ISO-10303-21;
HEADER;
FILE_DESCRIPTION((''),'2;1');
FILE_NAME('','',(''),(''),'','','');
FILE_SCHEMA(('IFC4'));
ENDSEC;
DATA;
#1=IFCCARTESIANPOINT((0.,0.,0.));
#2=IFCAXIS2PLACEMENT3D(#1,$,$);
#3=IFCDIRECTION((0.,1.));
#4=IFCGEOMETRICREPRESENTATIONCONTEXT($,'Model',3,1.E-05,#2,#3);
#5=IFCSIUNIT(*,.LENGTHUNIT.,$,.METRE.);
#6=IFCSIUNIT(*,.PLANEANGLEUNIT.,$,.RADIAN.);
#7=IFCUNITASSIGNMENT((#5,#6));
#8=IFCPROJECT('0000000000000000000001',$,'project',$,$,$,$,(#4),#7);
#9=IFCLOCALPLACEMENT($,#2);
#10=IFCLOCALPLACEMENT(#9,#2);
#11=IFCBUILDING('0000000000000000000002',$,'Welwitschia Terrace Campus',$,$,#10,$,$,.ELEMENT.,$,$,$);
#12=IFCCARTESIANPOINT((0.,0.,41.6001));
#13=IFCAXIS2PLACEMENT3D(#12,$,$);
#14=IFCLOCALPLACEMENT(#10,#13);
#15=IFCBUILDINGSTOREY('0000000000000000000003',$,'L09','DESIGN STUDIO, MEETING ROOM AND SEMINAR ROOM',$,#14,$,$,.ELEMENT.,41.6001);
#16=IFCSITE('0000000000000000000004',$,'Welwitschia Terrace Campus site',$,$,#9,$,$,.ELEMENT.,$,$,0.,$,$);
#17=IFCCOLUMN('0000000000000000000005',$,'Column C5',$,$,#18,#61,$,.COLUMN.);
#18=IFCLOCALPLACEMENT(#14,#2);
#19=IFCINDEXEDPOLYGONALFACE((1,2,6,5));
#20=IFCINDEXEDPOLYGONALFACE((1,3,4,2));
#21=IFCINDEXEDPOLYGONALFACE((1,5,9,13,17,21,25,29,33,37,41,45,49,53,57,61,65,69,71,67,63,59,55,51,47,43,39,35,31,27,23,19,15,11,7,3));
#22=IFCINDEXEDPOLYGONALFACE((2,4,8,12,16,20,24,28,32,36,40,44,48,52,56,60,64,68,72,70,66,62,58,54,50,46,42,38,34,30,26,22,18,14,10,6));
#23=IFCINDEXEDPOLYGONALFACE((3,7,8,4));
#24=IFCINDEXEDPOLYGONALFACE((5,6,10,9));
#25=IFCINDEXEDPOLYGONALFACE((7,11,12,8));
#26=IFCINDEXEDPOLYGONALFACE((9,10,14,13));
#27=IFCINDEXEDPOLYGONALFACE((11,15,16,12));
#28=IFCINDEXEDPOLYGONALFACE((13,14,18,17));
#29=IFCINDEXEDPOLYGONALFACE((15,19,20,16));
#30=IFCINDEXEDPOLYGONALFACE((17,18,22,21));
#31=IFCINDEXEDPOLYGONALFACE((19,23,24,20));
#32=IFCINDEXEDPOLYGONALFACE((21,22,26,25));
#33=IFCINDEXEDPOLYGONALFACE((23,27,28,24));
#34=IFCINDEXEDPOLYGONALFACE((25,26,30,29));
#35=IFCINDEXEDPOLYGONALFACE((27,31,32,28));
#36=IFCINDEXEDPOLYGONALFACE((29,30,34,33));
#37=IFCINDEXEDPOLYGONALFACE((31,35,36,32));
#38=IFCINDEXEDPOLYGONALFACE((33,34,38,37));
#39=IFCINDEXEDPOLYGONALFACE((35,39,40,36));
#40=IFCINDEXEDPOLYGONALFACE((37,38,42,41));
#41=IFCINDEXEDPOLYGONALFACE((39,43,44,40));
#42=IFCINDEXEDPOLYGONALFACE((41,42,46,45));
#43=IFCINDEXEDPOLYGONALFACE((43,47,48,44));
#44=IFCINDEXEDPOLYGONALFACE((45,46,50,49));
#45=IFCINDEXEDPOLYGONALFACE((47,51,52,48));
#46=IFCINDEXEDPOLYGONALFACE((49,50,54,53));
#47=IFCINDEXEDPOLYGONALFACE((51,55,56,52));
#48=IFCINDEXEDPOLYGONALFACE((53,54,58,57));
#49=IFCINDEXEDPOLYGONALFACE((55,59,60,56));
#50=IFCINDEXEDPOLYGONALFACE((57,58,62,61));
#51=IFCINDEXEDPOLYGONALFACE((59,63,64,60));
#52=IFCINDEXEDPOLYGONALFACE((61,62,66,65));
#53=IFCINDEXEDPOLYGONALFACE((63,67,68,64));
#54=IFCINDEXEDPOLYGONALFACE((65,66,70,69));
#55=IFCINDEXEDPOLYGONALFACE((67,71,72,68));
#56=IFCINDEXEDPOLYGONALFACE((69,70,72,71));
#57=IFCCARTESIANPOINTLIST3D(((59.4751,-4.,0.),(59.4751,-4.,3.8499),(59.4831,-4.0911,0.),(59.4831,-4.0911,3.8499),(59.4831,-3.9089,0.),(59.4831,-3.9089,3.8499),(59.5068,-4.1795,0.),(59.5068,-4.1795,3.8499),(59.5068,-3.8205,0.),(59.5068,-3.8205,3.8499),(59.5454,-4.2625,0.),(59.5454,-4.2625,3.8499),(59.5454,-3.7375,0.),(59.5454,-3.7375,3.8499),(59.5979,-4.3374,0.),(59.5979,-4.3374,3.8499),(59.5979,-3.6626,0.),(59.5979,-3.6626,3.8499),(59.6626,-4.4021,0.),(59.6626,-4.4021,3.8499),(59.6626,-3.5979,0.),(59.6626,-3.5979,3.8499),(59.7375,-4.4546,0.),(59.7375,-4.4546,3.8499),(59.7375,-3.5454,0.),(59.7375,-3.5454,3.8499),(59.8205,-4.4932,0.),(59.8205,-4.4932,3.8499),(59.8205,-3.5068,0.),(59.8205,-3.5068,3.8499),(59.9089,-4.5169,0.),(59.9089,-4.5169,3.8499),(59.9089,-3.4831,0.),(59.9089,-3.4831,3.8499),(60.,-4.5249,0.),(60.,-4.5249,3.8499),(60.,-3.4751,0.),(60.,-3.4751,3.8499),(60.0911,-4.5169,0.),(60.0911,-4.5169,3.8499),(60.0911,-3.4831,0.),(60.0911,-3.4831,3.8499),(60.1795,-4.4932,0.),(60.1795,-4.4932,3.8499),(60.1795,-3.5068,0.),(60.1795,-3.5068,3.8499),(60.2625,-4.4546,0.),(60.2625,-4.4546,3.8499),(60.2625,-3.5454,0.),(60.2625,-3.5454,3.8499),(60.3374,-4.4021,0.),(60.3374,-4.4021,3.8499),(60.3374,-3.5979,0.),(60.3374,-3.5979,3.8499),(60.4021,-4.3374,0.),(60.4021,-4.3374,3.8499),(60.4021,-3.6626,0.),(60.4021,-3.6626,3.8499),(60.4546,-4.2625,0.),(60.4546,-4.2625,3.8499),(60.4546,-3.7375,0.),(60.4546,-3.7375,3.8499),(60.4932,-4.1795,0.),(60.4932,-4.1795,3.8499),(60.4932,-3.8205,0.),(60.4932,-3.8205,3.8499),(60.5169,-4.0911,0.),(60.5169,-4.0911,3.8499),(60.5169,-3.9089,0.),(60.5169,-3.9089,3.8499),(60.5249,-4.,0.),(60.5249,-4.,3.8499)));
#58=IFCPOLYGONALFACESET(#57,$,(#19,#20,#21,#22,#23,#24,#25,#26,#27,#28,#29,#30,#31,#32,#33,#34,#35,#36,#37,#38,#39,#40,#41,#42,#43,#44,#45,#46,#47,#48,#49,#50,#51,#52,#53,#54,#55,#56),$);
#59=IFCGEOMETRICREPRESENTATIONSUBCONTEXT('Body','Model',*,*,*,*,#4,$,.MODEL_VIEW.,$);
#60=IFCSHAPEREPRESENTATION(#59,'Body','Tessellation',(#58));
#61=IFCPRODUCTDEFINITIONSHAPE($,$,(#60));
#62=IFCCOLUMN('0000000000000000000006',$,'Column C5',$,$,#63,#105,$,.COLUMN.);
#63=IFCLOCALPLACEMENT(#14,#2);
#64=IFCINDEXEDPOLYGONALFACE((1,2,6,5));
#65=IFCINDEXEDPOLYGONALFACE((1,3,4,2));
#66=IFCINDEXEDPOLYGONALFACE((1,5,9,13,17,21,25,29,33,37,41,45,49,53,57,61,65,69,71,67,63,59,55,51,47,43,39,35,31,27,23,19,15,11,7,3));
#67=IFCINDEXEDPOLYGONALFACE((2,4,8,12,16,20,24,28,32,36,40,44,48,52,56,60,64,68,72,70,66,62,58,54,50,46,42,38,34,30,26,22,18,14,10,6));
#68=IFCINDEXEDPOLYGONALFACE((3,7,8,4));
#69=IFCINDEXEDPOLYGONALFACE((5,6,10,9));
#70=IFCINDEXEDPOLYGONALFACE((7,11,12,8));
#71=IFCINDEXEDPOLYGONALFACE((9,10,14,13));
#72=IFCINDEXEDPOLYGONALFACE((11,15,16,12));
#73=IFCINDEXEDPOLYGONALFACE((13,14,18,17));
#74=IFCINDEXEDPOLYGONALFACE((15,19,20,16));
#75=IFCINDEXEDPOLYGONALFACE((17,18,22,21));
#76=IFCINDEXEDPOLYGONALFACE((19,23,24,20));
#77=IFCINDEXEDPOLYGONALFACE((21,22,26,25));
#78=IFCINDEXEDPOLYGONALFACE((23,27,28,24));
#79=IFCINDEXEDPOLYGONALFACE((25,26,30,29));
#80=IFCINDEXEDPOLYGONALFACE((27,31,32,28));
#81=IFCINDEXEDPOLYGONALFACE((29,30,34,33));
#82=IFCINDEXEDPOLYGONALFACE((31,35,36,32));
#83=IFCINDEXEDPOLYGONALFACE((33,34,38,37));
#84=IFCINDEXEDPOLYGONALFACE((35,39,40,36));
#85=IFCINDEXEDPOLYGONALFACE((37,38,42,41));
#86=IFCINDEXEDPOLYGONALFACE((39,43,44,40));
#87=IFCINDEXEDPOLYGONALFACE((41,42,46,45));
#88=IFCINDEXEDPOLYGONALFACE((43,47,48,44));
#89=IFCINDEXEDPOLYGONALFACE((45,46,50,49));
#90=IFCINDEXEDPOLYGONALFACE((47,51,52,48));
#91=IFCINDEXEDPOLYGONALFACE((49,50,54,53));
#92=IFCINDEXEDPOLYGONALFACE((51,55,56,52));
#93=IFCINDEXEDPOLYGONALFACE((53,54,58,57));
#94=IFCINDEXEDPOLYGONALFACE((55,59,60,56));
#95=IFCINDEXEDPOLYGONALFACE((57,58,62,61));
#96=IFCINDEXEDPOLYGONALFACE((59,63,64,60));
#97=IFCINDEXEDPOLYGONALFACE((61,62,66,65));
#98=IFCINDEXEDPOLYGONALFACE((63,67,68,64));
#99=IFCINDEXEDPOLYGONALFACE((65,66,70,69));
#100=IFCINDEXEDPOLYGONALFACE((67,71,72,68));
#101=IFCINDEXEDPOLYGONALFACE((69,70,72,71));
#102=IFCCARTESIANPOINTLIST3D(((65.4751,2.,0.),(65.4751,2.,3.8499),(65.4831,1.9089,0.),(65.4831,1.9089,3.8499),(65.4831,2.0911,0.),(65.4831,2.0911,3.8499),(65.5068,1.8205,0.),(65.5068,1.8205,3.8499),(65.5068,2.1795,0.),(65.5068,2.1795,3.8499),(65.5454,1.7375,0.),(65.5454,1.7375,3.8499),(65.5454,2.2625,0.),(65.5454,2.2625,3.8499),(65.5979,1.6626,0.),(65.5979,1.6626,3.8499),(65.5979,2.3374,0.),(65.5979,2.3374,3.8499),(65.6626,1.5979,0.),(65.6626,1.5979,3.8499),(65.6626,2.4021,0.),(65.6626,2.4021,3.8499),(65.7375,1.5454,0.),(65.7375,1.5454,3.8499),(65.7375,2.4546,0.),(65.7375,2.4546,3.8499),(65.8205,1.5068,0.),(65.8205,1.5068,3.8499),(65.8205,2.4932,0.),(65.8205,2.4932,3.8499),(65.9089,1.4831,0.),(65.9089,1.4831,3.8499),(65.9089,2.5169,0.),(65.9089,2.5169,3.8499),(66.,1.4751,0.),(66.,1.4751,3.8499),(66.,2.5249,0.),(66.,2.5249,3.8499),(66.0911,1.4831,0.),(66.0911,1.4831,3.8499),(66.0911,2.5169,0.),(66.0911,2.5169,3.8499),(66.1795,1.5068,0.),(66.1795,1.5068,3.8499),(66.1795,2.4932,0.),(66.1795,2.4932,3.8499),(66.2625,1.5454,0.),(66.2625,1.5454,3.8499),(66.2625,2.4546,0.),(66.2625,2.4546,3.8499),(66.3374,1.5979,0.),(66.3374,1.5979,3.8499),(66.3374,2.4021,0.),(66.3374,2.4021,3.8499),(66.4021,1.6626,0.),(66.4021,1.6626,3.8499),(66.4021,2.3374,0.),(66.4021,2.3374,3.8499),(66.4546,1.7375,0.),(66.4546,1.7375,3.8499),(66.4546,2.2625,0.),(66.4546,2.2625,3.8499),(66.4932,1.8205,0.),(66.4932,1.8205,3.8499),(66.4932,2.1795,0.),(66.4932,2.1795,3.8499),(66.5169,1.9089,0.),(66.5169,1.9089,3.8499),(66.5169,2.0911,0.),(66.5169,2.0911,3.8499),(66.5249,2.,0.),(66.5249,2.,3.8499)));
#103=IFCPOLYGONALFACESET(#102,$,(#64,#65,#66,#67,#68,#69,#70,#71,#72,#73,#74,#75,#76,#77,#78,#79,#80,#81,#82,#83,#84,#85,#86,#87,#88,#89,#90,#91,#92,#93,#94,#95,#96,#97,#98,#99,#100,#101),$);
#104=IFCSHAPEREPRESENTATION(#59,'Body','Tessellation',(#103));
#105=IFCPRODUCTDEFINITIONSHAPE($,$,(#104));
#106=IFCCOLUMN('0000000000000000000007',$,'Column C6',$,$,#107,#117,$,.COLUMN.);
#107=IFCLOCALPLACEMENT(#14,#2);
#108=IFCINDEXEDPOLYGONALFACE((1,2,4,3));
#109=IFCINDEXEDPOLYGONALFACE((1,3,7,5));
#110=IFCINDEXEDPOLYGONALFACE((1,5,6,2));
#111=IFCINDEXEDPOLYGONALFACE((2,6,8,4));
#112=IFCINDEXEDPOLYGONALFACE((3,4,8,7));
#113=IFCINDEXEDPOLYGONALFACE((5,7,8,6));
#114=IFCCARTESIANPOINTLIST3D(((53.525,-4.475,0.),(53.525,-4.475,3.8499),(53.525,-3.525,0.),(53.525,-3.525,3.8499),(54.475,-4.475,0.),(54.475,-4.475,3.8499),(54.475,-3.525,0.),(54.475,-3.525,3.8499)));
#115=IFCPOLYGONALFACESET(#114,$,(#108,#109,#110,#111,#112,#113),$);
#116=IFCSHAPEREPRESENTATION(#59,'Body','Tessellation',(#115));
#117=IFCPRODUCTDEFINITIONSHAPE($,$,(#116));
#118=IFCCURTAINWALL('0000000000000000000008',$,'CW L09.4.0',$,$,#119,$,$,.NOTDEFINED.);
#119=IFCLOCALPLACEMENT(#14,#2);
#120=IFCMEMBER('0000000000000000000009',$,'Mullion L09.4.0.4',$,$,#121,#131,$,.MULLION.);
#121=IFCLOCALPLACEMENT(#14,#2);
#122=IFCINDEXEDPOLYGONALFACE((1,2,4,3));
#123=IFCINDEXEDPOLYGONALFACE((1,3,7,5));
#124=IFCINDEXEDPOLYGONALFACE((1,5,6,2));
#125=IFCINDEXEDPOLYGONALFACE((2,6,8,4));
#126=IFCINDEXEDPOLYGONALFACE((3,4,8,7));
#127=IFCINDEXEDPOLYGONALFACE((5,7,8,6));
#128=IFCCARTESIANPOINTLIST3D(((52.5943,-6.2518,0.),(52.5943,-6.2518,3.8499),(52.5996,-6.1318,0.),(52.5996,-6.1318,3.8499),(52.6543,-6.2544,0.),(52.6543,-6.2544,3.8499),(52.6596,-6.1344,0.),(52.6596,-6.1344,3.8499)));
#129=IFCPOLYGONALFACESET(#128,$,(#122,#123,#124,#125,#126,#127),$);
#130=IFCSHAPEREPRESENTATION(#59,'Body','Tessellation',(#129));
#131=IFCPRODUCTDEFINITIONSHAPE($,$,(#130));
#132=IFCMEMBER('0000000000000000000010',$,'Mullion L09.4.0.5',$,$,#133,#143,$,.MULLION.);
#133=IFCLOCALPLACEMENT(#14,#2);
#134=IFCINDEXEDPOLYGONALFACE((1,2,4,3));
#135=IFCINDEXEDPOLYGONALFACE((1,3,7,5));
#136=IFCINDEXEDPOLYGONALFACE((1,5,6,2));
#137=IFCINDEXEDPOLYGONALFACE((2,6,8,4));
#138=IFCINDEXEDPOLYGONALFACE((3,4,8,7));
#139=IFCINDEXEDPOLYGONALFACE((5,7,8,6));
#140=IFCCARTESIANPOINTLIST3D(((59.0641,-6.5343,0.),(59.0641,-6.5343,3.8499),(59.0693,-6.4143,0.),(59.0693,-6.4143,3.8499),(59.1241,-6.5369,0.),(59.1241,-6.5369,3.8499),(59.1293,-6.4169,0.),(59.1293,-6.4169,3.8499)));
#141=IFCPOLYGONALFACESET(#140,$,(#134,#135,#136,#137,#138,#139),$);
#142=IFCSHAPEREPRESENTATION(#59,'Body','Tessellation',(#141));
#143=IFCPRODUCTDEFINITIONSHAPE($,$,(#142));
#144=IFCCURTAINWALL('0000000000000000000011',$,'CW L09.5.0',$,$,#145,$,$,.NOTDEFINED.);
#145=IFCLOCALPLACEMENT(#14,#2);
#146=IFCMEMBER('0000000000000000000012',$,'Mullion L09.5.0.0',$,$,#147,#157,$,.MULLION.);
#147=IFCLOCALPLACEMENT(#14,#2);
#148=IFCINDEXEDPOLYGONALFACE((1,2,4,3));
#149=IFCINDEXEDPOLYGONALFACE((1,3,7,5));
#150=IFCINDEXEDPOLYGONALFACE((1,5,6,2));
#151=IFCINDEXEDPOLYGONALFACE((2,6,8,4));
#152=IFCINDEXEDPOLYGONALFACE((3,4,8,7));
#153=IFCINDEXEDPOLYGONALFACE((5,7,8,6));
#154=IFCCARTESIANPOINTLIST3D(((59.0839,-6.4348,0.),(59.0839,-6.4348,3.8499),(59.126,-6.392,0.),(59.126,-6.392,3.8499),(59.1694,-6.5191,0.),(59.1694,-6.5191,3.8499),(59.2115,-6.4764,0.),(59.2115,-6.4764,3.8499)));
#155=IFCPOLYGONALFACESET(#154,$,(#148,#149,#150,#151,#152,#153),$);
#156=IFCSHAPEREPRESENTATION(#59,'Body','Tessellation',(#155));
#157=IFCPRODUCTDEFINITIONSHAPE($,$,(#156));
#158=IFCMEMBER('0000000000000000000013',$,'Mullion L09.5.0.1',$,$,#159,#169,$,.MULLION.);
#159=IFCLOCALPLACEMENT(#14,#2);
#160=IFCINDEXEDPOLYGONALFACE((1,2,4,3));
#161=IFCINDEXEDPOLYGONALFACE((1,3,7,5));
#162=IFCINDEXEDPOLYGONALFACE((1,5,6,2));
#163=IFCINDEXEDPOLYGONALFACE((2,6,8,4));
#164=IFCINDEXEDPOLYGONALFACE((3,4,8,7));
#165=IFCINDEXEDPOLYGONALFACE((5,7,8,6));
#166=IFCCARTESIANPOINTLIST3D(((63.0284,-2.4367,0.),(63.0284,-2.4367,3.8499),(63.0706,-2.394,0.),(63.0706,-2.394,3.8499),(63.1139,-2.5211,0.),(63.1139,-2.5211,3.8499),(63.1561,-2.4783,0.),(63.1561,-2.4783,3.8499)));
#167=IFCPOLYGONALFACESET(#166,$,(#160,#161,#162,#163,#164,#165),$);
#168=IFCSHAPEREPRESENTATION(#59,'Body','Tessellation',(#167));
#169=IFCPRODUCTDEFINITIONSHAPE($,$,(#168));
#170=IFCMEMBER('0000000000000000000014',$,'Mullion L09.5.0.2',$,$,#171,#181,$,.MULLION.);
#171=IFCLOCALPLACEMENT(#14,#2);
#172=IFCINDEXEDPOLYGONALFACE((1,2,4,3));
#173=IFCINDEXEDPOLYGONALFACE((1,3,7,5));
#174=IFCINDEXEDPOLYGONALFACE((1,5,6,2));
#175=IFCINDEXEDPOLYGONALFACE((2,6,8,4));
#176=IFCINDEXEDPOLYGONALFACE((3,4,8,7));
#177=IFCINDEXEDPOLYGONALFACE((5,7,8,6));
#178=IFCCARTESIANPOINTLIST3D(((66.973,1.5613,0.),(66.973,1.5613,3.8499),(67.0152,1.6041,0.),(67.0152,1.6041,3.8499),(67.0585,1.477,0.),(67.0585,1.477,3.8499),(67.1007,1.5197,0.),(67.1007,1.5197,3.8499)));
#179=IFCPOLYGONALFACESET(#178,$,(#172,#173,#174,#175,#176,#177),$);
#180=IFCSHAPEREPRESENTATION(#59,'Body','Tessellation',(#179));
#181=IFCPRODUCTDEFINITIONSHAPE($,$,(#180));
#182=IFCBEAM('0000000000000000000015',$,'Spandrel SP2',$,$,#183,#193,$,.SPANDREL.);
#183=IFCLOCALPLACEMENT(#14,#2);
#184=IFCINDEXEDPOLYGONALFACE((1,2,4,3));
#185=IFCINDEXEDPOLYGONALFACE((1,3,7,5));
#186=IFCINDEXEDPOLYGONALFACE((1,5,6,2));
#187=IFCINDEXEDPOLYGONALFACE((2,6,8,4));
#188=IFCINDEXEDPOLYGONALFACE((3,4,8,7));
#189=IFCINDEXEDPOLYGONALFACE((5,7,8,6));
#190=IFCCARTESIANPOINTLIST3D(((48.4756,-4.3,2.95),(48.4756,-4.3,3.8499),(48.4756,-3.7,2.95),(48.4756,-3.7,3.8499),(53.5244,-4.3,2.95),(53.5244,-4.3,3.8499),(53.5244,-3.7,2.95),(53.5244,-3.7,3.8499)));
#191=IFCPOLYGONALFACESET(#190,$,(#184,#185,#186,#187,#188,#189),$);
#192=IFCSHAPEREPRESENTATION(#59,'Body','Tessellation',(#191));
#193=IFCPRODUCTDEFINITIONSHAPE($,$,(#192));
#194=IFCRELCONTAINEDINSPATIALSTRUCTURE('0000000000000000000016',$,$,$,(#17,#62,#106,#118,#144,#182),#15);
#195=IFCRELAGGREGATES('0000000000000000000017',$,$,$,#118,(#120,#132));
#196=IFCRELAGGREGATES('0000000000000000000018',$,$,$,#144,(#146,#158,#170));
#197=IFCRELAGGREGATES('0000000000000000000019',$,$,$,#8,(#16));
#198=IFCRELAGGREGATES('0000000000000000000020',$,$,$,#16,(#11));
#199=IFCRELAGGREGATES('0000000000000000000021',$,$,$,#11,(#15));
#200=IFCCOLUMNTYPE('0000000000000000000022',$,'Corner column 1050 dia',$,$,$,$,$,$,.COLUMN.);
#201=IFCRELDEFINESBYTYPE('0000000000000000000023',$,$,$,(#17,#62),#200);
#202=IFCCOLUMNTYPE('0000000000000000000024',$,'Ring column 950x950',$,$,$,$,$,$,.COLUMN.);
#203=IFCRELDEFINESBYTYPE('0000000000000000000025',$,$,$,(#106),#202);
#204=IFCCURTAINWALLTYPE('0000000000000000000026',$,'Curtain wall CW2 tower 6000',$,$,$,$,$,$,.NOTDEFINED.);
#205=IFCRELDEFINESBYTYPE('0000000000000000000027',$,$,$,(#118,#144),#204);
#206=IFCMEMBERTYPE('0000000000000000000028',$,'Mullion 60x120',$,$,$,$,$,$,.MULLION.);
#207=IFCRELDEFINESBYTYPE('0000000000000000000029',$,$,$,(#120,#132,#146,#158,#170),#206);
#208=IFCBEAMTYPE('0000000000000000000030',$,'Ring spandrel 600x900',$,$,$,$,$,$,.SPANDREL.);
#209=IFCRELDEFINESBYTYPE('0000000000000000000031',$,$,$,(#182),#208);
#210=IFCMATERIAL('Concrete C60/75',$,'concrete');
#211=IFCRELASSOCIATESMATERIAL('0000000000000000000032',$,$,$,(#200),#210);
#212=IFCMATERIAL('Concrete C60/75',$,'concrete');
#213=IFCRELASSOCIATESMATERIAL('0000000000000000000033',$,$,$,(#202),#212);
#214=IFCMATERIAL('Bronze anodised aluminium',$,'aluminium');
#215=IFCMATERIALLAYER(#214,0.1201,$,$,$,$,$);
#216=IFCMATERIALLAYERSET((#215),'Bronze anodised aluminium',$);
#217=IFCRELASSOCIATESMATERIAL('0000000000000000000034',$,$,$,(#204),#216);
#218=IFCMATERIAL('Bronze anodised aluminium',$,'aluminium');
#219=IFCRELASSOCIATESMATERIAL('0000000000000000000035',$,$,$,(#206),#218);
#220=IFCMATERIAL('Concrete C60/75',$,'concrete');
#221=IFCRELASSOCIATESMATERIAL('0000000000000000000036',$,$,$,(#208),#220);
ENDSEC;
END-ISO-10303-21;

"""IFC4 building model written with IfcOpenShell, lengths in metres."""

from ifc_helpers import new_model, si_unit, direction, frame, origin, origin_2d, place, context, subcontext, project, spatial, rectangle, circle, extrude, material, layer, layer_set, material_profile, profile_set, type_object, element, aggregate, save


model = new_model("IFC4")

# Units and contexts
model_context = context("Model", 3, precision=1e-05, world=origin(), true_north=direction((0.0, 1.0)))
body_context = subcontext(model_context, "Body", "Model", "MODEL_VIEW")
ifc_project = project(units=[si_unit("LENGTHUNIT", "METRE"), si_unit("PLANEANGLEUNIT", "RADIAN")], contexts=[model_context])

# Site, building, storey
site_placement = place(None, origin())
site = spatial("IfcSite", under=ifc_project, at=site_placement, Name="Welwitschia Terrace Campus site", CompositionType="ELEMENT", RefElevation=0.0)
building_placement = place(site_placement, origin())
building = spatial("IfcBuilding", under=site, at=building_placement, Name="Welwitschia Terrace Campus", CompositionType="ELEMENT")
storey_placement = place(building_placement, frame((0.0, 0.0, 41.6001)))
storey = spatial("IfcBuildingStorey", under=building, at=storey_placement, Name="L09", Description="DESIGN STUDIO, MEETING ROOM AND SEMINAR ROOM", CompositionType="ELEMENT", Elevation=41.6001)

# Columns
ifc_material_1 = material(Name="Concrete C60/75", Category="concrete")
ifc_material_profile_1 = material_profile(ifc_material_1, circle(Radius=0.5249, at=origin_2d()))
ifc_profile_set_1 = profile_set([ifc_material_profile_1], Name="Concrete C60/75")
column_type_1 = type_object("IfcColumnType", Name="Corner column 1050 dia", PredefinedType="COLUMN", material=ifc_profile_set_1)
for number, where, z_axis, x_axis, name in (
    (1, (60.0, -4.0, 0.0), (0.0, 0.0, 1.0), (1.0, 0.0, 0.0), "Column C5"),
    (2, (66.0, 2.0, 0.0), (0.0, 0.0, 1.0), (1.0, 0.0, 0.0), "Column C5"),
):
    element("IfcColumn", number, at=place(storey_placement, frame(where, z_axis=z_axis, x_axis=x_axis)), inside=storey, type_object=column_type_1, Name=name, PredefinedType="COLUMN", context=body_context, shape_type="SweptSolid", body=[
        extrude(circle(Radius=0.5249, at=origin_2d()), origin(), (0.0, 0.0, 1.0), 3.8499),
    ])
ifc_material_2 = material(Name="Concrete C60/75", Category="concrete")
ifc_material_profile_2 = material_profile(ifc_material_2, rectangle(XDim=0.95, YDim=0.95, at=origin_2d()))
ifc_profile_set_2 = profile_set([ifc_material_profile_2], Name="Concrete C60/75")
column_type_2 = type_object("IfcColumnType", Name="Ring column 950x950", PredefinedType="COLUMN", material=ifc_profile_set_2)
column_placement = place(storey_placement, frame((54.0, -4.0, 0.0), z_axis=(0.0, 0.0, 1.0), x_axis=(1.0, 0.0, 0.0)))
element("IfcColumn", 3, at=column_placement, inside=storey, type_object=column_type_2, Name="Column C6", PredefinedType="COLUMN", context=body_context, shape_type="SweptSolid", body=[
    extrude(rectangle(XDim=0.95, YDim=0.95, at=origin_2d()), origin(), (0.0, 0.0, 1.0), 3.8499),
])

# Curtain walls, members
ifc_material_3 = material(Name="Bronze anodised aluminium", Category="aluminium")
ifc_layer_1 = layer(ifc_material_3, 0.1201)
ifc_layer_set_1 = layer_set([ifc_layer_1], Name="Bronze anodised aluminium")
curtain_wall_type = type_object("IfcCurtainWallType", Name="Curtain wall CW2 tower 6000", PredefinedType="NOTDEFINED", material=ifc_layer_set_1)
curtain_wall_1_placement = place(storey_placement, origin())
curtain_wall_1 = element("IfcCurtainWall", 4, at=curtain_wall_1_placement, inside=storey, type_object=curtain_wall_type, Name="CW L09.4.0", PredefinedType="NOTDEFINED")
ifc_material_4 = material(Name="Bronze anodised aluminium", Category="aluminium")
ifc_material_profile_3 = material_profile(ifc_material_4, rectangle(XDim=0.1201, YDim=0.0601, at=origin_2d()))
ifc_profile_set_3 = profile_set([ifc_material_profile_3], Name="Bronze anodised aluminium")
member_type_1 = type_object("IfcMemberType", Name="Mullion 60x120", PredefinedType="MULLION", material=ifc_profile_set_3)
member_1_placement = place(storey_placement, frame((52.627, -6.1931, 0.0), z_axis=(0.0, 0.0, 1.0), x_axis=(0.043619, 0.999048, 0.0)))
member_1 = element("IfcMember", 5, at=member_1_placement, type_object=member_type_1, Name="Mullion L09.4.0.4", PredefinedType="MULLION", context=body_context, shape_type="SweptSolid", body=[
    extrude(rectangle(XDim=0.1201, YDim=0.0601, at=origin_2d()), origin(), (0.0, 0.0, 1.0), 3.8499),
])
member_2_placement = place(storey_placement, frame((59.0967, -6.4756, 0.0), z_axis=(0.0, 0.0, 1.0), x_axis=(0.043619, 0.999048, 0.0)))
member_2 = element("IfcMember", 6, at=member_2_placement, type_object=member_type_1, Name="Mullion L09.4.0.5", PredefinedType="MULLION", context=body_context, shape_type="SweptSolid", body=[
    extrude(rectangle(XDim=0.1201, YDim=0.0601, at=origin_2d()), origin(), (0.0, 0.0, 1.0), 3.8499),
])
curtain_wall_2_placement = place(storey_placement, origin())
curtain_wall_2 = element("IfcCurtainWall", 7, at=curtain_wall_2_placement, inside=storey, type_object=curtain_wall_type, Name="CW L09.5.0", PredefinedType="NOTDEFINED")
member_3_placement = place(storey_placement, frame((59.1477, -6.4556, 0.0), z_axis=(0.0, 0.0, 1.0), x_axis=(-0.711847, 0.702335, 0.0)))
member_3 = element("IfcMember", 8, at=member_3_placement, type_object=member_type_1, Name="Mullion L09.5.0.0", PredefinedType="MULLION", context=body_context, shape_type="SweptSolid", body=[
    extrude(rectangle(XDim=0.1201, YDim=0.0601, at=origin_2d()), origin(), (0.0, 0.0, 1.0), 3.8499),
])
member_4_placement = place(storey_placement, frame((63.0923, -2.4575, 0.0), z_axis=(0.0, 0.0, 1.0), x_axis=(-0.711847, 0.702335, 0.0)))
member_4 = element("IfcMember", 9, at=member_4_placement, type_object=member_type_1, Name="Mullion L09.5.0.1", PredefinedType="MULLION", context=body_context, shape_type="SweptSolid", body=[
    extrude(rectangle(XDim=0.1201, YDim=0.0601, at=origin_2d()), origin(), (0.0, 0.0, 1.0), 3.8499),
])
member_5_placement = place(storey_placement, frame((67.0369, 1.5405, 0.0), z_axis=(0.0, 0.0, 1.0), x_axis=(-0.711847, 0.702335, 0.0)))
member_5 = element("IfcMember", 10, at=member_5_placement, type_object=member_type_1, Name="Mullion L09.5.0.2", PredefinedType="MULLION", context=body_context, shape_type="SweptSolid", body=[
    extrude(rectangle(XDim=0.1201, YDim=0.0601, at=origin_2d()), origin(), (0.0, 0.0, 1.0), 3.8499),
])

# Beam
ifc_material_5 = material(Name="Concrete C60/75", Category="concrete")
ifc_material_profile_4 = material_profile(ifc_material_5, rectangle(XDim=0.6001, YDim=0.8999, at=origin_2d()))
ifc_profile_set_4 = profile_set([ifc_material_profile_4], Name="Concrete C60/75")
beam_type = type_object("IfcBeamType", Name="Ring spandrel 600x900", PredefinedType="SPANDREL", material=ifc_profile_set_4)
beam_1_placement = place(storey_placement, frame((48.4756, -4.0, 3.3999), z_axis=(1.0, 0.0, 0.0), x_axis=(0.0, 1.0, 0.0)))
element("IfcBeam", 11, at=beam_1_placement, inside=storey, type_object=beam_type, Name="Spandrel SP2", PredefinedType="SPANDREL", context=body_context, shape_type="SweptSolid", body=[
    extrude(rectangle(XDim=0.6001, YDim=0.8999, at=origin_2d()), origin(), (0.0, 0.0, 1.0), 5.0488),
])

aggregate(curtain_wall_1, [member_1, member_2])
aggregate(curtain_wall_2, [member_3, member_4, member_5])

save(model, "model.ifc")
